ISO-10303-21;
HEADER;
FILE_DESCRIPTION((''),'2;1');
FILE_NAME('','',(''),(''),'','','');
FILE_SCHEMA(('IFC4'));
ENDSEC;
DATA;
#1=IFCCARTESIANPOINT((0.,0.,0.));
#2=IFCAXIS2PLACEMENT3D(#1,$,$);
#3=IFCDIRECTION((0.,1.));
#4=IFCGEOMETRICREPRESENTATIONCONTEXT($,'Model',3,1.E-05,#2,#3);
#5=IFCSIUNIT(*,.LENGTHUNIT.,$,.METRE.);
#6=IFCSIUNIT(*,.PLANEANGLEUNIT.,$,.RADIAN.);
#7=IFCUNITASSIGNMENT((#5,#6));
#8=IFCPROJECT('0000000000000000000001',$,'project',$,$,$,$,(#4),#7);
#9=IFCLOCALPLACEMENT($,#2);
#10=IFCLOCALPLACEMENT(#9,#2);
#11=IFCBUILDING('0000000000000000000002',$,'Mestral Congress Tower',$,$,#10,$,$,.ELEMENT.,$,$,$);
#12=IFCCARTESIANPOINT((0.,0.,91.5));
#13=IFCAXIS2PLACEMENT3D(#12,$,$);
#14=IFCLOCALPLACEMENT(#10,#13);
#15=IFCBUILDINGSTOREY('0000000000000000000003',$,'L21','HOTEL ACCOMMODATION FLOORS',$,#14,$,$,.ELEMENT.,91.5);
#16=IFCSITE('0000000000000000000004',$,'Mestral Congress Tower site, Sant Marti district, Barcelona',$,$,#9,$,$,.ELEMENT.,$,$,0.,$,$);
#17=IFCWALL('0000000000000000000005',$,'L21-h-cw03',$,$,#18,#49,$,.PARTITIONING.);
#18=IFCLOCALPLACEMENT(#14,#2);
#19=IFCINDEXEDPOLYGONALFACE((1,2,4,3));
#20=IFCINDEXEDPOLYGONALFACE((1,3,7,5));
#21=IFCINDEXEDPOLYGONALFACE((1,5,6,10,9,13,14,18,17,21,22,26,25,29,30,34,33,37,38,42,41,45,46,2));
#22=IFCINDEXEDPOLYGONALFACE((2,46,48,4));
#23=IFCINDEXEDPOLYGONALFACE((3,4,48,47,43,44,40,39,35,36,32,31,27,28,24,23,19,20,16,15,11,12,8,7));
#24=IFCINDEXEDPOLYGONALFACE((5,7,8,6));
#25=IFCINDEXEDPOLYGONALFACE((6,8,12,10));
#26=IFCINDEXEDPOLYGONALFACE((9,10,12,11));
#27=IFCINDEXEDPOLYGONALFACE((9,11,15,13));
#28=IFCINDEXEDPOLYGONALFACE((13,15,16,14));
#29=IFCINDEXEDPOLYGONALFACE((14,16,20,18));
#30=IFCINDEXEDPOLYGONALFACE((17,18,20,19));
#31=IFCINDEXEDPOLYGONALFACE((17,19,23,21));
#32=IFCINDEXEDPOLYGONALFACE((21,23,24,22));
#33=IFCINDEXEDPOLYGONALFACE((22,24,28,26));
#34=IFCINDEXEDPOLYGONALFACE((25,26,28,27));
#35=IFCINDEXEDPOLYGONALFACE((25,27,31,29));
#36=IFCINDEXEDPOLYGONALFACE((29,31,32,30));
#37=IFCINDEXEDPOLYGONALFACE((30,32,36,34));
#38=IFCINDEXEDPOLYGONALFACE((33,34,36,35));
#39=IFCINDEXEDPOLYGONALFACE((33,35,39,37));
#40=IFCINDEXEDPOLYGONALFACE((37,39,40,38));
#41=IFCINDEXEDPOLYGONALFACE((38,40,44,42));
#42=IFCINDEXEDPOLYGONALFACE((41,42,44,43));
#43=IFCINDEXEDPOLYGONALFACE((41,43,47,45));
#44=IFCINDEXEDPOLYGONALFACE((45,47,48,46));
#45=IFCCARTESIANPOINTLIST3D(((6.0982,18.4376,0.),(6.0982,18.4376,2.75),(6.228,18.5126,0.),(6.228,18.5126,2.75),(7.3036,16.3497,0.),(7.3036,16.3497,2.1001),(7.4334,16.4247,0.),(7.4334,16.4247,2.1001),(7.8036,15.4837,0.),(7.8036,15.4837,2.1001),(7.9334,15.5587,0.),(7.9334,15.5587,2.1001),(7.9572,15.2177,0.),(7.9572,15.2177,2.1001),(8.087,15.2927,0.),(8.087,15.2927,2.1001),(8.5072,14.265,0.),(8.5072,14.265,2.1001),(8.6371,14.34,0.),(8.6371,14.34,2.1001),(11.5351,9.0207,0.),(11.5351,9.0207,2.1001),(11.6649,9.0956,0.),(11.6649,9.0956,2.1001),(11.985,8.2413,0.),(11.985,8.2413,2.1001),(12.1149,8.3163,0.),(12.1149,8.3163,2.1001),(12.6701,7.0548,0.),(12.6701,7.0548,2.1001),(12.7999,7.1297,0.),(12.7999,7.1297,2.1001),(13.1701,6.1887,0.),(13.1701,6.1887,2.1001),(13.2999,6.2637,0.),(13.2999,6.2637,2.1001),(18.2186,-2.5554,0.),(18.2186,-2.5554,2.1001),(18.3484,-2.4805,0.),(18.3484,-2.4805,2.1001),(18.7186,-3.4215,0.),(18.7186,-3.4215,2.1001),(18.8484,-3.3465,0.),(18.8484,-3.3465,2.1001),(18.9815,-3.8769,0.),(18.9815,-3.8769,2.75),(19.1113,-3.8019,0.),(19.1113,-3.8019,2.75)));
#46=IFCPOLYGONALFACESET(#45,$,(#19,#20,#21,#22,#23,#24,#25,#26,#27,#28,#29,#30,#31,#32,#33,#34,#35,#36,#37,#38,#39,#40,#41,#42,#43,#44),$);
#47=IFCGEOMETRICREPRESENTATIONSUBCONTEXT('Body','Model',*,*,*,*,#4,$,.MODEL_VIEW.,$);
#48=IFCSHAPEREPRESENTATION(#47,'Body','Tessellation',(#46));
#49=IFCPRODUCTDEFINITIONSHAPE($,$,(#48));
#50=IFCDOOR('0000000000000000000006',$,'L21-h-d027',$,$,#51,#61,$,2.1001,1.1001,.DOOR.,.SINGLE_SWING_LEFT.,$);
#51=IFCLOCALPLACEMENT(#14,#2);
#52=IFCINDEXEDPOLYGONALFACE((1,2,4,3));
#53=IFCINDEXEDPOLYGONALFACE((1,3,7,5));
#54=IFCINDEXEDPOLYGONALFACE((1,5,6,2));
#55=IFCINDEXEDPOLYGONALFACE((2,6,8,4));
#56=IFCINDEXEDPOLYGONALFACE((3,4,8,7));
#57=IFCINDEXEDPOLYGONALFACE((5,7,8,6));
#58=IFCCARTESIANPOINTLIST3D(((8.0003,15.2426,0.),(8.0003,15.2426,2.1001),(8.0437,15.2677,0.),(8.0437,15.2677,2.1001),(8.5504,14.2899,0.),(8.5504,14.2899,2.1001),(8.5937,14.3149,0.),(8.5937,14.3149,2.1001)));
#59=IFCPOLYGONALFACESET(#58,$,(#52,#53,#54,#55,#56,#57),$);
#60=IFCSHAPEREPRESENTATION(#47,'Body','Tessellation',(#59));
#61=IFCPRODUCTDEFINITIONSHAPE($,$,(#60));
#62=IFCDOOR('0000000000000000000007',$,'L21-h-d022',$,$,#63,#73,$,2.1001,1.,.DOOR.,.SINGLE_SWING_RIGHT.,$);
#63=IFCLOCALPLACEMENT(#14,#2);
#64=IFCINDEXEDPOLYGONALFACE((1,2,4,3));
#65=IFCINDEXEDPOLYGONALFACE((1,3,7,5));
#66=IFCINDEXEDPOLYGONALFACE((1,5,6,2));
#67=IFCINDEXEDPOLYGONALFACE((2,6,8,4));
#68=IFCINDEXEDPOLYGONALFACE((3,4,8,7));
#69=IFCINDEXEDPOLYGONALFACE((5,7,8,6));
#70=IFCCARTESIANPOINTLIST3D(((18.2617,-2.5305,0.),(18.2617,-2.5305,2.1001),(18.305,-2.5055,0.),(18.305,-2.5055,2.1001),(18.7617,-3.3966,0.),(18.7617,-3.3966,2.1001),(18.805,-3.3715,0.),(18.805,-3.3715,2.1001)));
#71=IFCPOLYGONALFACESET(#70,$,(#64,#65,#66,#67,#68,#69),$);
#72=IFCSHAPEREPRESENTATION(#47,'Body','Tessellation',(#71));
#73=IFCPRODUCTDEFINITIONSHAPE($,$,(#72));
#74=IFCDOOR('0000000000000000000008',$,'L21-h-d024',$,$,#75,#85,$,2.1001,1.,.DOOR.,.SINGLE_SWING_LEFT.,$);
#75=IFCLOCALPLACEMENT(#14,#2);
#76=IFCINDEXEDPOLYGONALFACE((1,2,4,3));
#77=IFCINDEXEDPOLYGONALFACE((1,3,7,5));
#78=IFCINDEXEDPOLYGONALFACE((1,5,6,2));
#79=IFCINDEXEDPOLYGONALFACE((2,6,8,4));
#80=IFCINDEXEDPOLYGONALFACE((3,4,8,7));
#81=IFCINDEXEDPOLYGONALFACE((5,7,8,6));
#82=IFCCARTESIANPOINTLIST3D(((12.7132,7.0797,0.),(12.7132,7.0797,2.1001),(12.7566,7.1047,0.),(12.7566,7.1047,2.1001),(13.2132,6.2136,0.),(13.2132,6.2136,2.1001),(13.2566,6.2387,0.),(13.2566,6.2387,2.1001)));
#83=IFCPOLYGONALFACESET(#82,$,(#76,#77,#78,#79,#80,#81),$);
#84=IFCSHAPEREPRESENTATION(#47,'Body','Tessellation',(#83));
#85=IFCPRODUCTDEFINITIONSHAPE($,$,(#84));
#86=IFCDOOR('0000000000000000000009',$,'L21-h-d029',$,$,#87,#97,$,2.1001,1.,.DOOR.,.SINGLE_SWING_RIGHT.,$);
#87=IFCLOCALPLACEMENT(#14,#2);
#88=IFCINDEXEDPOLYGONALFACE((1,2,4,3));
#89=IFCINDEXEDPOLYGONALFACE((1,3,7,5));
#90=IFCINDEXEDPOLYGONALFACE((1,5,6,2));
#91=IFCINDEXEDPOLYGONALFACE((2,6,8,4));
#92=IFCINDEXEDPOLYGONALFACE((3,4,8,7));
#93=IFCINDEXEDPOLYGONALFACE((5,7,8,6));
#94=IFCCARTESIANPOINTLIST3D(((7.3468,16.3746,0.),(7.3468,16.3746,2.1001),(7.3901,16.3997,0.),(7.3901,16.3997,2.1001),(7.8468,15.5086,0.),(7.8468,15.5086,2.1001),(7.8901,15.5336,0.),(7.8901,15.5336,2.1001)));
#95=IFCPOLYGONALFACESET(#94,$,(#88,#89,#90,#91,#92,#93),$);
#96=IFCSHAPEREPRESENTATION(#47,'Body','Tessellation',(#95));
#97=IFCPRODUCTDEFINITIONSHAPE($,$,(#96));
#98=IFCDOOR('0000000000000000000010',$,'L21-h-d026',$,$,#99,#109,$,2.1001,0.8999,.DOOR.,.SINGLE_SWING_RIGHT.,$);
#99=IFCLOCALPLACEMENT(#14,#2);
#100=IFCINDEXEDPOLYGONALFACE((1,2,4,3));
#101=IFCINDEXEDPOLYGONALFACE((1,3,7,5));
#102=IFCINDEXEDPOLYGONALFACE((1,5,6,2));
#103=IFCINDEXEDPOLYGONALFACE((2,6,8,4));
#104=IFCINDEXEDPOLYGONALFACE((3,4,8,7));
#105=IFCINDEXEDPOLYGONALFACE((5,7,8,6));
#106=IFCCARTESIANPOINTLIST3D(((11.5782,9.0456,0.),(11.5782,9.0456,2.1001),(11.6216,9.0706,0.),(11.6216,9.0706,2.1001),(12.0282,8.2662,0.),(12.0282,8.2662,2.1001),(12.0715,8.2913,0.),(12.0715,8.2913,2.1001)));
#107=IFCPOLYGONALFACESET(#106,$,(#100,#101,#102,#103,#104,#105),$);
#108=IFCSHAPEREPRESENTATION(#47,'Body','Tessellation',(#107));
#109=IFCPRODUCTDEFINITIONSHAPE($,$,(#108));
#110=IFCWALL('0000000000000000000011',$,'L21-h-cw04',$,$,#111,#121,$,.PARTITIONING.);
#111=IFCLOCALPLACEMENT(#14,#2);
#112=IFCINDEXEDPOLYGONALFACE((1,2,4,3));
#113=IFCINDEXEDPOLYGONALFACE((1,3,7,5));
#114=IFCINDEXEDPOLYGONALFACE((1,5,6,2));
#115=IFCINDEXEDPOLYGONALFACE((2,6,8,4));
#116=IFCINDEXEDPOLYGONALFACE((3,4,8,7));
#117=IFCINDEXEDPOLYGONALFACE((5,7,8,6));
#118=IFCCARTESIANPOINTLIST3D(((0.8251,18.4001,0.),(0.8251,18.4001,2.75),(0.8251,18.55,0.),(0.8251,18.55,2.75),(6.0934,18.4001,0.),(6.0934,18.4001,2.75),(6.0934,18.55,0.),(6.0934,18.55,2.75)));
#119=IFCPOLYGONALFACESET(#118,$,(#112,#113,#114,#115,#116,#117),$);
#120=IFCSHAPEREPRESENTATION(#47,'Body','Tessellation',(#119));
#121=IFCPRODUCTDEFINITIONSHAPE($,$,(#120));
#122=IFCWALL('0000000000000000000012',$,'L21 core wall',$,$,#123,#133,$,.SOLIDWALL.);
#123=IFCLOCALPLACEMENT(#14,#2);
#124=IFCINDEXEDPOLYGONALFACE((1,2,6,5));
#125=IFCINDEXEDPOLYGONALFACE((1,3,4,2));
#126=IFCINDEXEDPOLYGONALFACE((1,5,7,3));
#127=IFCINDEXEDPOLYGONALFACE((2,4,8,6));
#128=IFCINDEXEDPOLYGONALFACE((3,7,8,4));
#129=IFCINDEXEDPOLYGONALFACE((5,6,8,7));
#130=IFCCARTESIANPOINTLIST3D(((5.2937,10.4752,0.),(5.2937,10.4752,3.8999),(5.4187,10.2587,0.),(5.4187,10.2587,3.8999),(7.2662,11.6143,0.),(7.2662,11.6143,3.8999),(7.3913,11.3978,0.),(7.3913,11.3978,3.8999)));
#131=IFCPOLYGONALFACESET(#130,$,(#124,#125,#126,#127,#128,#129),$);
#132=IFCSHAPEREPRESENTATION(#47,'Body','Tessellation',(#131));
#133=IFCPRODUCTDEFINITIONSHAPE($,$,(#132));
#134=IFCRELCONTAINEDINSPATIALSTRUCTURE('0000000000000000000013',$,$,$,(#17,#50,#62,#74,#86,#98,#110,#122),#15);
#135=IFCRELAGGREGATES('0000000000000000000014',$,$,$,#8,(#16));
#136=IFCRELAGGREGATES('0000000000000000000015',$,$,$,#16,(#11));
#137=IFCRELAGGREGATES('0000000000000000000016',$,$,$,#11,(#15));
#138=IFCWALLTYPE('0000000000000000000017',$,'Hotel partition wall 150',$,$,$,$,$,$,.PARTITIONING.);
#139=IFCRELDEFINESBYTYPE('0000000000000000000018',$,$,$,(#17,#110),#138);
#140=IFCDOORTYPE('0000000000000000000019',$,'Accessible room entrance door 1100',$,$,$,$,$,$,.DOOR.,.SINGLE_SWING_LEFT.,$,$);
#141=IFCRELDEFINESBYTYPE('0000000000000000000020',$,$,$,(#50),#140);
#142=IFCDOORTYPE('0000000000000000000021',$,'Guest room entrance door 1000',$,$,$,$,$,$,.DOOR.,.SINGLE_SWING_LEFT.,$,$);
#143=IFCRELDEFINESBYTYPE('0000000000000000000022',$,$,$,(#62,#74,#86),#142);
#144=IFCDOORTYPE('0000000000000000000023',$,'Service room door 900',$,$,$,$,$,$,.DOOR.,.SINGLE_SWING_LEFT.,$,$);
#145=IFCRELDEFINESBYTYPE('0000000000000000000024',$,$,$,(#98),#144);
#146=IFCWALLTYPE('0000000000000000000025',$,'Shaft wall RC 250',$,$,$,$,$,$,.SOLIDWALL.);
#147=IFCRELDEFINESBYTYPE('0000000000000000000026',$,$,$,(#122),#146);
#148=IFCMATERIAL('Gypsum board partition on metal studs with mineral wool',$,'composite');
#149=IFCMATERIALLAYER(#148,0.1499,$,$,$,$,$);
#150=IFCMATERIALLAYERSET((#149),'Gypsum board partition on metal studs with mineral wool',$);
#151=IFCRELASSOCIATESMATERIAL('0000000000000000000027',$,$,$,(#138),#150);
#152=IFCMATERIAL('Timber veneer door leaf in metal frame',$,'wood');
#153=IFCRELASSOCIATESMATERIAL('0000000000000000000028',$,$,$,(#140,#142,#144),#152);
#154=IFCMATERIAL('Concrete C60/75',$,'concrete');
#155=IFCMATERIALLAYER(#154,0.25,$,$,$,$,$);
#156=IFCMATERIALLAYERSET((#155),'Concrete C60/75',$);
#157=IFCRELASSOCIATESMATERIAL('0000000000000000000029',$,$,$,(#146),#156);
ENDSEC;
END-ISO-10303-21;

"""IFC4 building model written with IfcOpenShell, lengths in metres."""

from ifc_helpers import new_model, si_unit, direction, frame, frame_2d, origin, place, context, subcontext, project, spatial, rectangle, extrude, material, layer, layer_set, type_object, element, fill, save


model = new_model("IFC4")

# Units and contexts
model_context = context("Model", 3, precision=1e-05, world=origin(), true_north=direction((0.0, 1.0)))
body_context = subcontext(model_context, "Body", "Model", "MODEL_VIEW")
ifc_project = project(units=[si_unit("LENGTHUNIT", "METRE"), si_unit("PLANEANGLEUNIT", "RADIAN")], contexts=[model_context])

# Site, building, storey
site_placement = place(None, origin())
site = spatial("IfcSite", under=ifc_project, at=site_placement, Name="Mestral Congress Tower site, Sant Marti district, Barcelona", CompositionType="ELEMENT", RefElevation=0.0)
building_placement = place(site_placement, origin())
building = spatial("IfcBuilding", under=site, at=building_placement, Name="Mestral Congress Tower", CompositionType="ELEMENT")
storey_placement = place(building_placement, frame((0.0, 0.0, 91.5)))
storey = spatial("IfcBuildingStorey", under=building, at=storey_placement, Name="L21", Description="HOTEL ACCOMMODATION FLOORS", CompositionType="ELEMENT", Elevation=91.5)

# Shared definitions
ifc_material_1 = material(Name="Concrete C60/75", Category="concrete")

# Shared definitions
ifc_material_2 = material(Name="Gypsum board partition on metal studs with mineral wool", Category="composite")

# Wall, openings, doors
ifc_layer_1 = layer(ifc_material_2, 0.1499)
ifc_layer_set_1 = layer_set([ifc_layer_1], Name="Gypsum board partition on metal studs with mineral wool")
wall_type_1 = type_object("IfcWallType", Name="Hotel partition wall 150", PredefinedType="PARTITIONING", material=ifc_layer_set_1)
wall_1_placement = place(storey_placement, frame((6.1631, 18.4751, 0.0), z_axis=(0.0, 0.0, 1.0), x_axis=(0.500001, -0.866025, 0.0)))
wall_1 = element("IfcWall", 1, at=wall_1_placement, inside=storey, type_object=wall_type_1, Name="L21-h-cw03", PredefinedType="PARTITIONING", context=body_context, shape_type="SweptSolid", body=[
    extrude(rectangle(XDim=25.7666, YDim=0.1499, at=frame_2d((12.8833, 0.0))), origin(), (0.0, 0.0, 1.0), 2.75),
])
opening_1_placement = place(wall_1_placement, frame((24.2407, 0.0, 0.0)))
opening_1 = element("IfcOpeningElement", 2, at=opening_1_placement, cuts=wall_1, PredefinedType="OPENING", context=body_context, shape_type="SweptSolid", body=[
    extrude(rectangle(XDim=1.0, YDim=2.1001, at=frame_2d((0.5, 1.05))), frame((0.0, 0.085, 0.0), z_axis=(0.0, -1.0, 0.0), x_axis=(1.0, 0.0, 0.0)), (0.0, 0.0, 1.0), 0.1699),
])
opening_2_placement = place(wall_1_placement, frame((13.1438, 0.0, 0.0)))
opening_2 = element("IfcOpeningElement", 3, at=opening_2_placement, cuts=wall_1, PredefinedType="OPENING", context=body_context, shape_type="SweptSolid", body=[
    extrude(rectangle(XDim=1.0, YDim=2.1001, at=frame_2d((0.5, 1.05))), frame((0.0, 0.085, 0.0), z_axis=(0.0, -1.0, 0.0), x_axis=(1.0, 0.0, 0.0)), (0.0, 0.0, 1.0), 0.1699),
])
opening_3_placement = place(wall_1_placement, frame((10.8738, 0.0, 0.0)))
opening_3 = element("IfcOpeningElement", 4, at=opening_3_placement, cuts=wall_1, PredefinedType="OPENING", context=body_context, shape_type="SweptSolid", body=[
    extrude(rectangle(XDim=0.8999, YDim=2.1001, at=frame_2d((0.45, 1.05))), frame((0.0, 0.085, 0.0), z_axis=(0.0, -1.0, 0.0), x_axis=(1.0, 0.0, 0.0)), (0.0, 0.0, 1.0), 0.1699),
])
opening_4_placement = place(wall_1_placement, frame((3.718, 0.0, 0.0)))
opening_4 = element("IfcOpeningElement", 5, at=opening_4_placement, cuts=wall_1, PredefinedType="OPENING", context=body_context, shape_type="SweptSolid", body=[
    extrude(rectangle(XDim=1.1001, YDim=2.1001, at=frame_2d((0.55, 1.05))), frame((0.0, 0.085, 0.0), z_axis=(0.0, -1.0, 0.0), x_axis=(1.0, 0.0, 0.0)), (0.0, 0.0, 1.0), 0.1699),
])
opening_5_placement = place(wall_1_placement, frame((2.4109, 0.0, 0.0)))
opening_5 = element("IfcOpeningElement", 6, at=opening_5_placement, cuts=wall_1, PredefinedType="OPENING", context=body_context, shape_type="SweptSolid", body=[
    extrude(rectangle(XDim=1.0, YDim=2.1001, at=frame_2d((0.5, 1.05))), frame((0.0, 0.085, 0.0), z_axis=(0.0, -1.0, 0.0), x_axis=(1.0, 0.0, 0.0)), (0.0, 0.0, 1.0), 0.1699),
])
ifc_material_3 = material(Name="Timber veneer door leaf in metal frame", Category="wood")
door_type_1 = type_object("IfcDoorType", Name="Accessible room entrance door 1100", OperationType="SINGLE_SWING_LEFT", PredefinedType="DOOR", material=ifc_material_3)
door_1_placement = place(opening_4_placement, origin())
door_1 = element("IfcDoor", 7, at=door_1_placement, inside=storey, type_object=door_type_1, Name="L21-h-d027", OperationType="SINGLE_SWING_LEFT", OverallHeight=2.1001, OverallWidth=1.1001, PredefinedType="DOOR", context=body_context, shape_type="SweptSolid", body=[
    extrude(rectangle(XDim=1.1001, YDim=2.1001, at=frame_2d((0.55, 1.05))), frame((0.0, 0.0249, 0.0), z_axis=(0.0, -1.0, 0.0), x_axis=(1.0, 0.0, 0.0)), (0.0, 0.0, 1.0), 0.05),
])
fill(opening_4, door_1)
door_type_2 = type_object("IfcDoorType", Name="Guest room entrance door 1000", OperationType="SINGLE_SWING_LEFT", PredefinedType="DOOR", material=ifc_material_3)
door_2_placement = place(opening_1_placement, origin())
door_2 = element("IfcDoor", 8, at=door_2_placement, inside=storey, type_object=door_type_2, Name="L21-h-d022", OperationType="SINGLE_SWING_RIGHT", OverallHeight=2.1001, OverallWidth=1.0, PredefinedType="DOOR", context=body_context, shape_type="SweptSolid", body=[
    extrude(rectangle(XDim=1.0, YDim=2.1001, at=frame_2d((0.5, 1.05))), frame((0.0, 0.0249, 0.0), z_axis=(0.0, -1.0, 0.0), x_axis=(1.0, 0.0, 0.0)), (0.0, 0.0, 1.0), 0.05),
])
fill(opening_1, door_2)
door_3_placement = place(opening_2_placement, origin())
door_3 = element("IfcDoor", 9, at=door_3_placement, inside=storey, type_object=door_type_2, Name="L21-h-d024", OperationType="SINGLE_SWING_LEFT", OverallHeight=2.1001, OverallWidth=1.0, PredefinedType="DOOR", context=body_context, shape_type="SweptSolid", body=[
    extrude(rectangle(XDim=1.0, YDim=2.1001, at=frame_2d((0.5, 1.05))), frame((0.0, 0.0249, 0.0), z_axis=(0.0, -1.0, 0.0), x_axis=(1.0, 0.0, 0.0)), (0.0, 0.0, 1.0), 0.05),
])
fill(opening_2, door_3)
door_4_placement = place(opening_5_placement, origin())
door_4 = element("IfcDoor", 10, at=door_4_placement, inside=storey, type_object=door_type_2, Name="L21-h-d029", OperationType="SINGLE_SWING_RIGHT", OverallHeight=2.1001, OverallWidth=1.0, PredefinedType="DOOR", context=body_context, shape_type="SweptSolid", body=[
    extrude(rectangle(XDim=1.0, YDim=2.1001, at=frame_2d((0.5, 1.05))), frame((0.0, 0.0249, 0.0), z_axis=(0.0, -1.0, 0.0), x_axis=(1.0, 0.0, 0.0)), (0.0, 0.0, 1.0), 0.05),
])
fill(opening_5, door_4)
door_type_3 = type_object("IfcDoorType", Name="Service room door 900", OperationType="SINGLE_SWING_LEFT", PredefinedType="DOOR", material=ifc_material_3)
door_5_placement = place(opening_3_placement, origin())
door_5 = element("IfcDoor", 11, at=door_5_placement, inside=storey, type_object=door_type_3, Name="L21-h-d026", OperationType="SINGLE_SWING_RIGHT", OverallHeight=2.1001, OverallWidth=0.8999, PredefinedType="DOOR", context=body_context, shape_type="SweptSolid", body=[
    extrude(rectangle(XDim=0.8999, YDim=2.1001, at=frame_2d((0.45, 1.05))), frame((0.0, 0.0249, 0.0), z_axis=(0.0, -1.0, 0.0), x_axis=(1.0, 0.0, 0.0)), (0.0, 0.0, 1.0), 0.05),
])
fill(opening_3, door_5)

# Walls
wall_2_placement = place(storey_placement, frame((0.825, 18.4751, 0.0), z_axis=(0.0, 0.0, 1.0), x_axis=(1.0, 0.0, 0.0)))
element("IfcWall", 12, at=wall_2_placement, inside=storey, type_object=wall_type_1, Name="L21-h-cw04", PredefinedType="PARTITIONING", context=body_context, shape_type="SweptSolid", body=[
    extrude(rectangle(XDim=5.2683, YDim=0.1499, at=frame_2d((2.6343, 0.0))), origin(), (0.0, 0.0, 1.0), 2.75),
])
ifc_layer_2 = layer(ifc_material_1, 0.25)
ifc_layer_set_2 = layer_set([ifc_layer_2], Name="Concrete C60/75")
wall_type_2 = type_object("IfcWallType", Name="Shaft wall RC 250", PredefinedType="SOLIDWALL", material=ifc_layer_set_2)
wall_3_placement = place(storey_placement, frame((5.3562, 10.3669, 0.0), z_axis=(0.0, 0.0, 1.0), x_axis=(0.865979, 0.500081, 0.0)))
element("IfcWall", 13, at=wall_3_placement, inside=storey, type_object=wall_type_2, Name="L21 core wall", PredefinedType="SOLIDWALL", context=body_context, shape_type="SweptSolid", body=[
    extrude(rectangle(XDim=2.2778, YDim=0.25, at=frame_2d((1.1389, 0.0))), origin(), (0.0, 0.0, 1.0), 3.8999),
])

save(model, "model.ifc")
